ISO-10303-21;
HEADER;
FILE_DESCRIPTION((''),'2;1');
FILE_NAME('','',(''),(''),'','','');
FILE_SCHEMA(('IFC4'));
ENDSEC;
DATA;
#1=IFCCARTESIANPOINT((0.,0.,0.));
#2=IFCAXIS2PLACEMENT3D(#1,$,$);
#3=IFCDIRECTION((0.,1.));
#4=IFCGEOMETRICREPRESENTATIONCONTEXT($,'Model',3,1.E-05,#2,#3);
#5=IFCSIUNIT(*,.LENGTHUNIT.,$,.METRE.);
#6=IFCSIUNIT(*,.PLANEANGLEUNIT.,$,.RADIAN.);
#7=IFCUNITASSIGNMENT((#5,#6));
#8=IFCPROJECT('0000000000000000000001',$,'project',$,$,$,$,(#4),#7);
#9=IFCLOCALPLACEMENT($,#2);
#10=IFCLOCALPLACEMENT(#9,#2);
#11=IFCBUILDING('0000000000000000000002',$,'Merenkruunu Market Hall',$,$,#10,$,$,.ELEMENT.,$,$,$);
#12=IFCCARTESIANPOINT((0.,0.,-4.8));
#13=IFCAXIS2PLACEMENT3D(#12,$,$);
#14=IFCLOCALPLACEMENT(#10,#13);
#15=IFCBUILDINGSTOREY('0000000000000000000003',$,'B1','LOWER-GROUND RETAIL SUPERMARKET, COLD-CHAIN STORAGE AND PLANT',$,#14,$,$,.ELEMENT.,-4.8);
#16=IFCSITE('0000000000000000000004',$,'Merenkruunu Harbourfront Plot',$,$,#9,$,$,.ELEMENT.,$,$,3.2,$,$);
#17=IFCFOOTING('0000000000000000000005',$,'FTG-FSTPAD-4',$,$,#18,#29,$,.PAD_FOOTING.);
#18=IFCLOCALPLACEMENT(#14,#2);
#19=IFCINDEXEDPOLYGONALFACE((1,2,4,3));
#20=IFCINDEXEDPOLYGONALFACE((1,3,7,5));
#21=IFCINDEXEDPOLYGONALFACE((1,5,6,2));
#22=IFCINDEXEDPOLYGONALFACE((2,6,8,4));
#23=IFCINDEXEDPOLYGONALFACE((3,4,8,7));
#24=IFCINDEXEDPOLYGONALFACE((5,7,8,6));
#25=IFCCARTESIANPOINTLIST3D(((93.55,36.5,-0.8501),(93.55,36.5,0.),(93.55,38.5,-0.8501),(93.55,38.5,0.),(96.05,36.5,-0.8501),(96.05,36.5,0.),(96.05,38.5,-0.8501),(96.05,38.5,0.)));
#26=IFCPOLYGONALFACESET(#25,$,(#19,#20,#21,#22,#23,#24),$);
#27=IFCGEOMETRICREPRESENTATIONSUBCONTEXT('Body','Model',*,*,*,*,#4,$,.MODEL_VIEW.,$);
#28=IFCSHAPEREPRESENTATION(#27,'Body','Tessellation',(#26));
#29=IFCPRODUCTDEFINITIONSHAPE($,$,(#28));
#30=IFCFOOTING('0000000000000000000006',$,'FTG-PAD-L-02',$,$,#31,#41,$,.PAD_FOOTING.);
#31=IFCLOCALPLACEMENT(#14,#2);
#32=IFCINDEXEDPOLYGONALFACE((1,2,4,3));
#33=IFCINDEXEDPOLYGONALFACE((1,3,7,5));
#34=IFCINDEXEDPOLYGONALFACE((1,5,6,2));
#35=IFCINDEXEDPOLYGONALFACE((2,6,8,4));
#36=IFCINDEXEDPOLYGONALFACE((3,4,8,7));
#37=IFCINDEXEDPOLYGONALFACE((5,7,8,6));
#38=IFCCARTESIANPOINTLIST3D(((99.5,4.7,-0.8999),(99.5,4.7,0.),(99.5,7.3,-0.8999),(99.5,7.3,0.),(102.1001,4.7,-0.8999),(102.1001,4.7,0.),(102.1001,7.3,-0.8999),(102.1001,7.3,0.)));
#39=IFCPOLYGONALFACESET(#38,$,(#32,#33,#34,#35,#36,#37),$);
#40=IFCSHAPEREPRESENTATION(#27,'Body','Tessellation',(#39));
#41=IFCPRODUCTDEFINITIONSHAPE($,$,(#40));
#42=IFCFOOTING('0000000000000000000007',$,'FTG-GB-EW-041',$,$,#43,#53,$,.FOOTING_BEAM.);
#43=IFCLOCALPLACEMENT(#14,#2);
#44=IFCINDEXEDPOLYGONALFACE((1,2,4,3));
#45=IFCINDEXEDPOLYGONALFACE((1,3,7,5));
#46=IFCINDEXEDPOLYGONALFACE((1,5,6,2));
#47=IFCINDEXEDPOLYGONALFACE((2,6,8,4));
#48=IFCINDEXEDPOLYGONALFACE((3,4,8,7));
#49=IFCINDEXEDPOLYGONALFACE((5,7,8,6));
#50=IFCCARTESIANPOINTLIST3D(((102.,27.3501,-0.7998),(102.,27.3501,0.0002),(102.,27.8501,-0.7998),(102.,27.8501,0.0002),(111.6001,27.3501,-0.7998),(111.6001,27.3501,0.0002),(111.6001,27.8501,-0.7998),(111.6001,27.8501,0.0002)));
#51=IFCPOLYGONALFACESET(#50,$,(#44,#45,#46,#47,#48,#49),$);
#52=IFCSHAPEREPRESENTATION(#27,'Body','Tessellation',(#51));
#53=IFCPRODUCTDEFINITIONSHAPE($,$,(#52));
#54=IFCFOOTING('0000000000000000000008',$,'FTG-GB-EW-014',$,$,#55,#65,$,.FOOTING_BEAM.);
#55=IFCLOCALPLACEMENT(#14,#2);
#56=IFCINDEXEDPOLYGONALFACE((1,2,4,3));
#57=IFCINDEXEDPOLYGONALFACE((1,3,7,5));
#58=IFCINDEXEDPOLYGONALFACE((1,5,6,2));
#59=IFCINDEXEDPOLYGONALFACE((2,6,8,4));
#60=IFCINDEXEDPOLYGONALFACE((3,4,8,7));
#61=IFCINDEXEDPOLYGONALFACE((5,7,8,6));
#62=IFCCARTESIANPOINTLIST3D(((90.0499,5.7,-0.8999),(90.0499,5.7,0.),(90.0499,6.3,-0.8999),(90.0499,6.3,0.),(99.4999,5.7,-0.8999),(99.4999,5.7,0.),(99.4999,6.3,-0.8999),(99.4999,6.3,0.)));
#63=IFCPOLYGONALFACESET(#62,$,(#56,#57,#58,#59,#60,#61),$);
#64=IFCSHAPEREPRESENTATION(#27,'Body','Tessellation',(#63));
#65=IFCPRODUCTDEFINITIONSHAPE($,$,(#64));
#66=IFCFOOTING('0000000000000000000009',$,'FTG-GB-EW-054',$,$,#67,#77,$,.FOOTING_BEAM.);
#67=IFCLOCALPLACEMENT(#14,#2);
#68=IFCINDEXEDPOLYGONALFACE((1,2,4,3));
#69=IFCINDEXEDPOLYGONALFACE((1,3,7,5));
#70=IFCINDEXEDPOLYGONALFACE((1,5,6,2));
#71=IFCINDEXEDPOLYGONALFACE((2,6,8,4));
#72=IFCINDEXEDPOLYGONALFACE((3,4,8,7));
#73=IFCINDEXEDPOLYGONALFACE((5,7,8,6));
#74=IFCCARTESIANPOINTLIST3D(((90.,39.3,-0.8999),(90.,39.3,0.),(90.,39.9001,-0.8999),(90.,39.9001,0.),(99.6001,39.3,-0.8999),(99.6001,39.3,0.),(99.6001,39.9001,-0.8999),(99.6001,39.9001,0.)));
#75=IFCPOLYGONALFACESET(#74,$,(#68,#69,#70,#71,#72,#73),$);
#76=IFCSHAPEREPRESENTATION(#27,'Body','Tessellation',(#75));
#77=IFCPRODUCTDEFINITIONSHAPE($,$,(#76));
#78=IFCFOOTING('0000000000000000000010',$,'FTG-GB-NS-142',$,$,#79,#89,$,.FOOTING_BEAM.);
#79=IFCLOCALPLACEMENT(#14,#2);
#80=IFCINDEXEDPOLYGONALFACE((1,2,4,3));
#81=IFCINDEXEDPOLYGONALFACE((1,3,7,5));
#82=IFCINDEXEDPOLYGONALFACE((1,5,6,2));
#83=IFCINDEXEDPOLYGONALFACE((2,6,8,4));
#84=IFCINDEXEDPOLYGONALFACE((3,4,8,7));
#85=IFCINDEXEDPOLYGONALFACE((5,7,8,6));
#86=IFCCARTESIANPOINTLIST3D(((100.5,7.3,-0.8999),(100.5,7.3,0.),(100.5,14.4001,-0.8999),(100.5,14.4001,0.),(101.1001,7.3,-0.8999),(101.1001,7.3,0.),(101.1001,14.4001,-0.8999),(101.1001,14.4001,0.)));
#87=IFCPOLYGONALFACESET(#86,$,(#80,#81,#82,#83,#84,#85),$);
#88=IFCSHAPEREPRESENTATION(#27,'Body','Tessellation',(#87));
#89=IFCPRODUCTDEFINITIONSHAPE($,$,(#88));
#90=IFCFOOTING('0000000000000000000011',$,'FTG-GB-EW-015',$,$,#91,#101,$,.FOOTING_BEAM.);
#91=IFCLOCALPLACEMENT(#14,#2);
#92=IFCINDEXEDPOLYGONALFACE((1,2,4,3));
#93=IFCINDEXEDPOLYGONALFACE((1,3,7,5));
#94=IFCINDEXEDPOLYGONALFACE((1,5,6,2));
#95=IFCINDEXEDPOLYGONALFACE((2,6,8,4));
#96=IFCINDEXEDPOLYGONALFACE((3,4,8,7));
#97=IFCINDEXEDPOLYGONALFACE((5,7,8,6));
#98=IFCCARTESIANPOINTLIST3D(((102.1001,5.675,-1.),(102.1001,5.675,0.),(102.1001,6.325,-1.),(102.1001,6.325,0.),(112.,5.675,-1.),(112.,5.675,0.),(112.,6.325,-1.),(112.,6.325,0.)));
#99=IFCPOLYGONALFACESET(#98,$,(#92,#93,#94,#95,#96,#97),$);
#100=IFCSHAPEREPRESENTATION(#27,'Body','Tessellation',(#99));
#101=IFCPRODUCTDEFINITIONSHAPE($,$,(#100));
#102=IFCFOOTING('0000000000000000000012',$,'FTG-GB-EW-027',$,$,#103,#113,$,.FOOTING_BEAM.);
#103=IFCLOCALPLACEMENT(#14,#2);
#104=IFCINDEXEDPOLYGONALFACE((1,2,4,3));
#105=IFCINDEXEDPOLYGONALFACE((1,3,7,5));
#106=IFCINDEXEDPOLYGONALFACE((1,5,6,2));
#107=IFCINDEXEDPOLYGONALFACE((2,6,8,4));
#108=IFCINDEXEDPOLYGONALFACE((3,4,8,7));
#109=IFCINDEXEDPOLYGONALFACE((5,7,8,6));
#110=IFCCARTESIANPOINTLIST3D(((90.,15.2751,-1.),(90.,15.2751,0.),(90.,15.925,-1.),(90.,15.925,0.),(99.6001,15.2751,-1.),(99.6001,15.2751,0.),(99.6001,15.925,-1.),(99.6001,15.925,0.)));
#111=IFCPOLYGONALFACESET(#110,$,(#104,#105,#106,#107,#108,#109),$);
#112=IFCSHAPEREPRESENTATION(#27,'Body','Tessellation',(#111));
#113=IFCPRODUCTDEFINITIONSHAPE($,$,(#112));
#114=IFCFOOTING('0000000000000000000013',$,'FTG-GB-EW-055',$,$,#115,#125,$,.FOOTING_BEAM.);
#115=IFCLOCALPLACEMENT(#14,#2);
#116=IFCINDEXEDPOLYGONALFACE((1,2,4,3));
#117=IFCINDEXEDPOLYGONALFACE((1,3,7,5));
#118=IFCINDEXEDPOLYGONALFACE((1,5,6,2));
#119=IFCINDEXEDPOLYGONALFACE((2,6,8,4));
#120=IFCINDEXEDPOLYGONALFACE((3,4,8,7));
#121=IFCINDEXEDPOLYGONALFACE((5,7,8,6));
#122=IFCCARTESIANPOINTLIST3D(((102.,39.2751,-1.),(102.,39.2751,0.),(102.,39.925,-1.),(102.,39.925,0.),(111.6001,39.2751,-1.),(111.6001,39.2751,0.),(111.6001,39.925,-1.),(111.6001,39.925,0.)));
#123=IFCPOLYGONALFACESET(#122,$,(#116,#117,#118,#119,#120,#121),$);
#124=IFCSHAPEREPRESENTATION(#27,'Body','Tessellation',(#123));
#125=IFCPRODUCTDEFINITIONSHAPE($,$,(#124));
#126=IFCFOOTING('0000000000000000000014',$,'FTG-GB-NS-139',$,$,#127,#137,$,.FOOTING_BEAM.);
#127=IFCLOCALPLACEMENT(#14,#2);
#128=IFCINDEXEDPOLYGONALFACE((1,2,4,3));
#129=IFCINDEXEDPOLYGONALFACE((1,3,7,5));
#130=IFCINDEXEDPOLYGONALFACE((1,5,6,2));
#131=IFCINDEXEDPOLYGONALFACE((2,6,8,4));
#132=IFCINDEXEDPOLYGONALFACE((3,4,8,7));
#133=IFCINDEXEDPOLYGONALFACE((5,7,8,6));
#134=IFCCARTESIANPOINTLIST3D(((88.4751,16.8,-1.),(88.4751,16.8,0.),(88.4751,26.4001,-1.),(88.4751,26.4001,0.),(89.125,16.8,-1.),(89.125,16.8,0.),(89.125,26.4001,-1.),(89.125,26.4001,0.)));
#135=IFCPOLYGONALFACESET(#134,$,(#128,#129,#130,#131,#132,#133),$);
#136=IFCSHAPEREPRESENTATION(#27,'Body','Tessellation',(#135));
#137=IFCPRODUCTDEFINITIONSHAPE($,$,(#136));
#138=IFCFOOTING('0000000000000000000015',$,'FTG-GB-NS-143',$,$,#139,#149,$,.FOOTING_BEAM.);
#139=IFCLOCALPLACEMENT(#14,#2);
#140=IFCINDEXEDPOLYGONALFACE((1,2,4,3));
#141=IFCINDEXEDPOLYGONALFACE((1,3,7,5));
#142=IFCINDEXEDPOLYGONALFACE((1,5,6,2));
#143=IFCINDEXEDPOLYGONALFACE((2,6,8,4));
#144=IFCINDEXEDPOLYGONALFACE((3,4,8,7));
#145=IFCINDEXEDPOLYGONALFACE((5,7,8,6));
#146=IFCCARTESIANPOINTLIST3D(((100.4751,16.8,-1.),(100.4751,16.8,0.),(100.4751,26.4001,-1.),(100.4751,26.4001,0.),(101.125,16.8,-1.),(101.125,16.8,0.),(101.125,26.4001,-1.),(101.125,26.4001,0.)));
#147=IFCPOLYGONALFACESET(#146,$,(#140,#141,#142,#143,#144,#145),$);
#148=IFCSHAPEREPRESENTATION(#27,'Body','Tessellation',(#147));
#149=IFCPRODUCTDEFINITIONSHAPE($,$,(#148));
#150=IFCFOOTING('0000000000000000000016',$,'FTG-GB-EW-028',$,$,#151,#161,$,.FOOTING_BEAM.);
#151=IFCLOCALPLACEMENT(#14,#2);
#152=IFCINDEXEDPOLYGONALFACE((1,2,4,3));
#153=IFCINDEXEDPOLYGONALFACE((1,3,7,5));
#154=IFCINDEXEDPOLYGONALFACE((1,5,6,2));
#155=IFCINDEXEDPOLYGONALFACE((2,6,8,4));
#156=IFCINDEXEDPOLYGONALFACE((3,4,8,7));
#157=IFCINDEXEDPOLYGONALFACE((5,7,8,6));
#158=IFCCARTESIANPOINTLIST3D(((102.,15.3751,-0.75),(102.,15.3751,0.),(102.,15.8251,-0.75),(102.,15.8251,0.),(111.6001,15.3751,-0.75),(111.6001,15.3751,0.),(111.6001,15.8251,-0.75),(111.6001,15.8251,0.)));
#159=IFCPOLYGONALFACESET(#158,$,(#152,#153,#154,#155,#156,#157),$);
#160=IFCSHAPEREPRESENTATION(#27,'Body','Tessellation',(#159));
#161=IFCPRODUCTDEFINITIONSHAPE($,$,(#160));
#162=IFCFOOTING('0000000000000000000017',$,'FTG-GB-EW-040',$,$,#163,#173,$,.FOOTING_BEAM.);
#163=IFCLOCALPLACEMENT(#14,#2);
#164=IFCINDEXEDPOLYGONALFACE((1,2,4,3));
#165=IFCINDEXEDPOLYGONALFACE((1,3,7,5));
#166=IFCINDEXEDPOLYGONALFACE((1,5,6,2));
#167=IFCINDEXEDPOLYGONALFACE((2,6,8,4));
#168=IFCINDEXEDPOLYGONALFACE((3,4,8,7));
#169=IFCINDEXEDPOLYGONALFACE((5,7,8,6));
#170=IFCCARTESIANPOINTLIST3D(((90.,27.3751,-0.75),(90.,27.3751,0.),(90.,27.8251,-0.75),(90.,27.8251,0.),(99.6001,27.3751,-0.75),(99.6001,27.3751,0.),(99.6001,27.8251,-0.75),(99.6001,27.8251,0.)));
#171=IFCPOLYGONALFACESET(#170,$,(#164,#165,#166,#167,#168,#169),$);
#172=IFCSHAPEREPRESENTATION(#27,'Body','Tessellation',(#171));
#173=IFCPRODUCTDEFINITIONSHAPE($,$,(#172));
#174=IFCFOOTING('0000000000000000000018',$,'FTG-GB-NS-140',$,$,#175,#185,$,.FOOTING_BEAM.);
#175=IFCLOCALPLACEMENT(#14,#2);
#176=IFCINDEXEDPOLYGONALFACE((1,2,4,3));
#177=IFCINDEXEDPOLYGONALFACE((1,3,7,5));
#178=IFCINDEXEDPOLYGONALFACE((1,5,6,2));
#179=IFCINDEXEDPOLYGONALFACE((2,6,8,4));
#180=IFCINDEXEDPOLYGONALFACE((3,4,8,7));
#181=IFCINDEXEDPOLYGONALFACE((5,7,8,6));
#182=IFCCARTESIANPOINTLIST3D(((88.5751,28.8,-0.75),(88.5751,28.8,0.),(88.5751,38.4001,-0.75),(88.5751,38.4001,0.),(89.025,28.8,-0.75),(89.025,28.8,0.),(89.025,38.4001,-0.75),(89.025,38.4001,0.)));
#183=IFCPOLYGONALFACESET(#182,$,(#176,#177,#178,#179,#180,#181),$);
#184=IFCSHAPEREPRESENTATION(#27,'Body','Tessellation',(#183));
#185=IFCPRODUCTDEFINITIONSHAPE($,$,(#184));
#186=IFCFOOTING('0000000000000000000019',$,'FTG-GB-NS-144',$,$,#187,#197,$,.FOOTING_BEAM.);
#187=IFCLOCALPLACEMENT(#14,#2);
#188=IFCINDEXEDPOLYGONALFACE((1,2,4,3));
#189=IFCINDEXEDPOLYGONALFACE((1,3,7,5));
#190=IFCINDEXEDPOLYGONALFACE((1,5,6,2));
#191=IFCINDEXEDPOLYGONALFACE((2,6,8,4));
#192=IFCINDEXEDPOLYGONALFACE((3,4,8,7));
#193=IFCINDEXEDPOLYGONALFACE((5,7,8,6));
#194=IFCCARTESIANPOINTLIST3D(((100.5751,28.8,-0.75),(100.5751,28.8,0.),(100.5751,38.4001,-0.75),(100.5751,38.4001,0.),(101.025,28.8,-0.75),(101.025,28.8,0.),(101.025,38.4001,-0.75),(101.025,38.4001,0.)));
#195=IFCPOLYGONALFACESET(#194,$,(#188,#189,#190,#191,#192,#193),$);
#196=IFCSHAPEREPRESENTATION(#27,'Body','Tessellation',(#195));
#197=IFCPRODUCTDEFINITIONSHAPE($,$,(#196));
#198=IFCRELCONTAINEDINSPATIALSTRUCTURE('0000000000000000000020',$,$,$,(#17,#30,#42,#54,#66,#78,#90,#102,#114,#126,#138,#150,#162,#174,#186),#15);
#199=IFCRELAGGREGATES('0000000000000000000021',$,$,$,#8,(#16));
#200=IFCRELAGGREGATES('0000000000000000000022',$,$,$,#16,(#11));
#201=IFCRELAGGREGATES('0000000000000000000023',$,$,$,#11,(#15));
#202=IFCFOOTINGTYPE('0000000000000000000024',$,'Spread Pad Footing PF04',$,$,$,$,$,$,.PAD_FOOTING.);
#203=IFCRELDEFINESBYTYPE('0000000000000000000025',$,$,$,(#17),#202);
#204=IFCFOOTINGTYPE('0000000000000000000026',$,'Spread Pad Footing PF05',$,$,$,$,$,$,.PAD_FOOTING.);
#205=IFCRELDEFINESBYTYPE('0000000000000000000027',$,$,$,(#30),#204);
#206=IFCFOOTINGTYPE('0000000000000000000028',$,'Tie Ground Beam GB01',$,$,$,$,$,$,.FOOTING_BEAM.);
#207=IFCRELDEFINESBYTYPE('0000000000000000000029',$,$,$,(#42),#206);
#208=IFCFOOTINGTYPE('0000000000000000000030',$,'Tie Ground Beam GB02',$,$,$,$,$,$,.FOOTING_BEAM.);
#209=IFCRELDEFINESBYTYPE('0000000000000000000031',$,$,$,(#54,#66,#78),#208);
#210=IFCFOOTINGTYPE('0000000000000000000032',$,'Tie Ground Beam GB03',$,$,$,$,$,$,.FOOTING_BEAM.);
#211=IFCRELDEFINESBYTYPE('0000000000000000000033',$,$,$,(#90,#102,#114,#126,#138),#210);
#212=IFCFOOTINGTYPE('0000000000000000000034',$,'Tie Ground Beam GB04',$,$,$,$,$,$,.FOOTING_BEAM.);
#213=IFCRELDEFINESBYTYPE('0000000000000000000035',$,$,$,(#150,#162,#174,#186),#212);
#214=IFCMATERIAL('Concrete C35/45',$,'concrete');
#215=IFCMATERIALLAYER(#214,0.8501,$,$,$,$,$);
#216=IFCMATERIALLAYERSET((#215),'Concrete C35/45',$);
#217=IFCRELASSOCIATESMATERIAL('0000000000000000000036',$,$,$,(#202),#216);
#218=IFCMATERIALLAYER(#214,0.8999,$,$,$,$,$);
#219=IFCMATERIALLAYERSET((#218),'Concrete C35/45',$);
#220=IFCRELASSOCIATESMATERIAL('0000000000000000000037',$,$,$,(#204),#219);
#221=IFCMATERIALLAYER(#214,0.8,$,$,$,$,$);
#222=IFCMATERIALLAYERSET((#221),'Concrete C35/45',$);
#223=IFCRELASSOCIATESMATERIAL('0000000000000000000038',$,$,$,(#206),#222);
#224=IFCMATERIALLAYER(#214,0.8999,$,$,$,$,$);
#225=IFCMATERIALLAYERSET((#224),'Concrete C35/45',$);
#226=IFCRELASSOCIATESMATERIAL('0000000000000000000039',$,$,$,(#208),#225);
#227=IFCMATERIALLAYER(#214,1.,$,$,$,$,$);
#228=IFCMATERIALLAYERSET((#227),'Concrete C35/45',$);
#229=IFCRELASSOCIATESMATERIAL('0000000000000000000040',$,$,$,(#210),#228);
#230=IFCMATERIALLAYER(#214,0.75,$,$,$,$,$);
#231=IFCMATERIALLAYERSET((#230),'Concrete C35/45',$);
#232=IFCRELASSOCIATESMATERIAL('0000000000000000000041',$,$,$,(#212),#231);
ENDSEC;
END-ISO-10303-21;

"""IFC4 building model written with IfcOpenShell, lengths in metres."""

from ifc_helpers import new_model, si_unit, direction, frame, origin, origin_2d, place, context, subcontext, project, spatial, rectangle, extrude, material, layer, layer_set, type_object, element, save


model = new_model("IFC4")

# Units and contexts
model_context = context("Model", 3, precision=1e-05, world=origin(), true_north=direction((0.0, 1.0)))
body_context = subcontext(model_context, "Body", "Model", "MODEL_VIEW")
ifc_project = project(units=[si_unit("LENGTHUNIT", "METRE"), si_unit("PLANEANGLEUNIT", "RADIAN")], contexts=[model_context])

# Site, building, storey
site_placement = place(None, origin())
site = spatial("IfcSite", under=ifc_project, at=site_placement, Name="Merenkruunu Harbourfront Plot", CompositionType="ELEMENT", RefElevation=3.2)
building_placement = place(site_placement, origin())
building = spatial("IfcBuilding", under=site, at=building_placement, Name="Merenkruunu Market Hall", CompositionType="ELEMENT")
storey_placement = place(building_placement, frame((0.0, 0.0, -4.8)))
storey = spatial("IfcBuildingStorey", under=building, at=storey_placement, Name="B1", Description="LOWER-GROUND RETAIL SUPERMARKET, COLD-CHAIN STORAGE AND PLANT", CompositionType="ELEMENT", Elevation=-4.8)

# Shared definitions
ifc_material_1 = material(Name="Concrete C35/45", Category="concrete")

# Footings
ifc_layer_1 = layer(ifc_material_1, 0.8501)
ifc_layer_set_1 = layer_set([ifc_layer_1], Name="Concrete C35/45")
footing_type_1 = type_object("IfcFootingType", Name="Spread Pad Footing PF04", PredefinedType="PAD_FOOTING", material=ifc_layer_set_1)
footing_1_placement = place(storey_placement, frame((94.8, 37.5, -0.8501), z_axis=(0.0, 0.0, 1.0), x_axis=(1.0, 0.0, 0.0)))
element("IfcFooting", 1, at=footing_1_placement, inside=storey, type_object=footing_type_1, Name="FTG-FSTPAD-4", PredefinedType="PAD_FOOTING", context=body_context, shape_type="SweptSolid", body=[
    extrude(rectangle(XDim=2.5, YDim=2.0, at=origin_2d()), origin(), (0.0, 0.0, 1.0), 0.8501),
])
ifc_layer_2 = layer(ifc_material_1, 0.8999)
ifc_layer_set_2 = layer_set([ifc_layer_2], Name="Concrete C35/45")
footing_type_2 = type_object("IfcFootingType", Name="Spread Pad Footing PF05", PredefinedType="PAD_FOOTING", material=ifc_layer_set_2)
footing_2_placement = place(storey_placement, frame((100.8, 6.0, -0.8999), z_axis=(0.0, 0.0, 1.0), x_axis=(1.0, 0.0, 0.0)))
element("IfcFooting", 2, at=footing_2_placement, inside=storey, type_object=footing_type_2, Name="FTG-PAD-L-02", PredefinedType="PAD_FOOTING", context=body_context, shape_type="SweptSolid", body=[
    extrude(rectangle(XDim=2.6001, YDim=2.6001, at=origin_2d()), origin(), (0.0, 0.0, 1.0), 0.8999),
])
ifc_layer_3 = layer(ifc_material_1, 0.8)
ifc_layer_set_3 = layer_set([ifc_layer_3], Name="Concrete C35/45")
footing_type_3 = type_object("IfcFootingType", Name="Tie Ground Beam GB01", PredefinedType="FOOTING_BEAM", material=ifc_layer_set_3)
footing_3_placement = place(storey_placement, frame((106.8, 27.6001, -0.7998), z_axis=(0.0, 0.0, 1.0), x_axis=(1.0, 0.0, 0.0)))
element("IfcFooting", 3, at=footing_3_placement, inside=storey, type_object=footing_type_3, Name="FTG-GB-EW-041", PredefinedType="FOOTING_BEAM", context=body_context, shape_type="SweptSolid", body=[
    extrude(rectangle(XDim=9.6001, YDim=0.5, at=origin_2d()), origin(), (0.0, 0.0, 1.0), 0.8),
])
ifc_layer_4 = layer(ifc_material_1, 0.8999)
ifc_layer_set_4 = layer_set([ifc_layer_4], Name="Concrete C35/45")
footing_type_4 = type_object("IfcFootingType", Name="Tie Ground Beam GB02", PredefinedType="FOOTING_BEAM", material=ifc_layer_set_4)
footing_4_placement = place(storey_placement, frame((94.7749, 6.0, -0.8999), z_axis=(0.0, 0.0, 1.0), x_axis=(1.0, 0.0, 0.0)))
element("IfcFooting", 4, at=footing_4_placement, inside=storey, type_object=footing_type_4, Name="FTG-GB-EW-014", PredefinedType="FOOTING_BEAM", context=body_context, shape_type="SweptSolid", body=[
    extrude(rectangle(XDim=9.45, YDim=0.6001, at=origin_2d()), origin(), (0.0, 0.0, 1.0), 0.8999),
])
footing_5_placement = place(storey_placement, frame((94.8, 39.6001, -0.8999), z_axis=(0.0, 0.0, 1.0), x_axis=(1.0, 0.0, 0.0)))
element("IfcFooting", 5, at=footing_5_placement, inside=storey, type_object=footing_type_4, Name="FTG-GB-EW-054", PredefinedType="FOOTING_BEAM", context=body_context, shape_type="SweptSolid", body=[
    extrude(rectangle(XDim=9.6001, YDim=0.6001, at=origin_2d()), origin(), (0.0, 0.0, 1.0), 0.8999),
])
footing_6_placement = place(storey_placement, frame((100.8, 10.8501, -0.8999), z_axis=(0.0, 0.0, 1.0), x_axis=(0.0, 1.0, 0.0)))
element("IfcFooting", 6, at=footing_6_placement, inside=storey, type_object=footing_type_4, Name="FTG-GB-NS-142", PredefinedType="FOOTING_BEAM", context=body_context, shape_type="SweptSolid", body=[
    extrude(rectangle(XDim=7.1001, YDim=0.6001, at=origin_2d()), origin(), (0.0, 0.0, 1.0), 0.8999),
])
ifc_layer_5 = layer(ifc_material_1, 1.0)
ifc_layer_set_5 = layer_set([ifc_layer_5], Name="Concrete C35/45")
footing_type_5 = type_object("IfcFootingType", Name="Tie Ground Beam GB03", PredefinedType="FOOTING_BEAM", material=ifc_layer_set_5)
footing_7_placement = place(storey_placement, frame((107.05, 6.0, -1.0), z_axis=(0.0, 0.0, 1.0), x_axis=(1.0, 0.0, 0.0)))
element("IfcFooting", 7, at=footing_7_placement, inside=storey, type_object=footing_type_5, Name="FTG-GB-EW-015", PredefinedType="FOOTING_BEAM", context=body_context, shape_type="SweptSolid", body=[
    extrude(rectangle(XDim=9.8999, YDim=0.6499, at=origin_2d()), origin(), (0.0, 0.0, 1.0), 1.0),
])
for number, where, z_axis, x_axis, name in (
    (8, (94.8, 15.6001, -1.0), (0.0, 0.0, 1.0), (1.0, 0.0, 0.0), "FTG-GB-EW-027"),
    (9, (106.8, 39.6001, -1.0), (0.0, 0.0, 1.0), (1.0, 0.0, 0.0), "FTG-GB-EW-055"),
    (10, (88.8, 21.6001, -1.0), (0.0, 0.0, 1.0), (0.0, 1.0, 0.0), "FTG-GB-NS-139"),
    (11, (100.8, 21.6001, -1.0), (0.0, 0.0, 1.0), (0.0, 1.0, 0.0), "FTG-GB-NS-143"),
):
    element("IfcFooting", number, at=place(storey_placement, frame(where, z_axis=z_axis, x_axis=x_axis)), inside=storey, type_object=footing_type_5, Name=name, PredefinedType="FOOTING_BEAM", context=body_context, shape_type="SweptSolid", body=[
        extrude(rectangle(XDim=9.6001, YDim=0.6499, at=origin_2d()), origin(), (0.0, 0.0, 1.0), 1.0),
    ])
ifc_layer_6 = layer(ifc_material_1, 0.75)
ifc_layer_set_6 = layer_set([ifc_layer_6], Name="Concrete C35/45")
footing_type_6 = type_object("IfcFootingType", Name="Tie Ground Beam GB04", PredefinedType="FOOTING_BEAM", material=ifc_layer_set_6)
for number, where, z_axis, x_axis, name in (
    (12, (106.8, 15.6001, -0.75), (0.0, 0.0, 1.0), (1.0, 0.0, 0.0), "FTG-GB-EW-028"),
    (13, (94.8, 27.6001, -0.75), (0.0, 0.0, 1.0), (1.0, 0.0, 0.0), "FTG-GB-EW-040"),
    (14, (88.8, 33.6001, -0.75), (0.0, 0.0, 1.0), (0.0, 1.0, 0.0), "FTG-GB-NS-140"),
    (15, (100.8, 33.6001, -0.75), (0.0, 0.0, 1.0), (0.0, 1.0, 0.0), "FTG-GB-NS-144"),
):
    element("IfcFooting", number, at=place(storey_placement, frame(where, z_axis=z_axis, x_axis=x_axis)), inside=storey, type_object=footing_type_6, Name=name, PredefinedType="FOOTING_BEAM", context=body_context, shape_type="SweptSolid", body=[
        extrude(rectangle(XDim=9.6001, YDim=0.45, at=origin_2d()), origin(), (0.0, 0.0, 1.0), 0.75),
    ])

save(model, "model.ifc")
